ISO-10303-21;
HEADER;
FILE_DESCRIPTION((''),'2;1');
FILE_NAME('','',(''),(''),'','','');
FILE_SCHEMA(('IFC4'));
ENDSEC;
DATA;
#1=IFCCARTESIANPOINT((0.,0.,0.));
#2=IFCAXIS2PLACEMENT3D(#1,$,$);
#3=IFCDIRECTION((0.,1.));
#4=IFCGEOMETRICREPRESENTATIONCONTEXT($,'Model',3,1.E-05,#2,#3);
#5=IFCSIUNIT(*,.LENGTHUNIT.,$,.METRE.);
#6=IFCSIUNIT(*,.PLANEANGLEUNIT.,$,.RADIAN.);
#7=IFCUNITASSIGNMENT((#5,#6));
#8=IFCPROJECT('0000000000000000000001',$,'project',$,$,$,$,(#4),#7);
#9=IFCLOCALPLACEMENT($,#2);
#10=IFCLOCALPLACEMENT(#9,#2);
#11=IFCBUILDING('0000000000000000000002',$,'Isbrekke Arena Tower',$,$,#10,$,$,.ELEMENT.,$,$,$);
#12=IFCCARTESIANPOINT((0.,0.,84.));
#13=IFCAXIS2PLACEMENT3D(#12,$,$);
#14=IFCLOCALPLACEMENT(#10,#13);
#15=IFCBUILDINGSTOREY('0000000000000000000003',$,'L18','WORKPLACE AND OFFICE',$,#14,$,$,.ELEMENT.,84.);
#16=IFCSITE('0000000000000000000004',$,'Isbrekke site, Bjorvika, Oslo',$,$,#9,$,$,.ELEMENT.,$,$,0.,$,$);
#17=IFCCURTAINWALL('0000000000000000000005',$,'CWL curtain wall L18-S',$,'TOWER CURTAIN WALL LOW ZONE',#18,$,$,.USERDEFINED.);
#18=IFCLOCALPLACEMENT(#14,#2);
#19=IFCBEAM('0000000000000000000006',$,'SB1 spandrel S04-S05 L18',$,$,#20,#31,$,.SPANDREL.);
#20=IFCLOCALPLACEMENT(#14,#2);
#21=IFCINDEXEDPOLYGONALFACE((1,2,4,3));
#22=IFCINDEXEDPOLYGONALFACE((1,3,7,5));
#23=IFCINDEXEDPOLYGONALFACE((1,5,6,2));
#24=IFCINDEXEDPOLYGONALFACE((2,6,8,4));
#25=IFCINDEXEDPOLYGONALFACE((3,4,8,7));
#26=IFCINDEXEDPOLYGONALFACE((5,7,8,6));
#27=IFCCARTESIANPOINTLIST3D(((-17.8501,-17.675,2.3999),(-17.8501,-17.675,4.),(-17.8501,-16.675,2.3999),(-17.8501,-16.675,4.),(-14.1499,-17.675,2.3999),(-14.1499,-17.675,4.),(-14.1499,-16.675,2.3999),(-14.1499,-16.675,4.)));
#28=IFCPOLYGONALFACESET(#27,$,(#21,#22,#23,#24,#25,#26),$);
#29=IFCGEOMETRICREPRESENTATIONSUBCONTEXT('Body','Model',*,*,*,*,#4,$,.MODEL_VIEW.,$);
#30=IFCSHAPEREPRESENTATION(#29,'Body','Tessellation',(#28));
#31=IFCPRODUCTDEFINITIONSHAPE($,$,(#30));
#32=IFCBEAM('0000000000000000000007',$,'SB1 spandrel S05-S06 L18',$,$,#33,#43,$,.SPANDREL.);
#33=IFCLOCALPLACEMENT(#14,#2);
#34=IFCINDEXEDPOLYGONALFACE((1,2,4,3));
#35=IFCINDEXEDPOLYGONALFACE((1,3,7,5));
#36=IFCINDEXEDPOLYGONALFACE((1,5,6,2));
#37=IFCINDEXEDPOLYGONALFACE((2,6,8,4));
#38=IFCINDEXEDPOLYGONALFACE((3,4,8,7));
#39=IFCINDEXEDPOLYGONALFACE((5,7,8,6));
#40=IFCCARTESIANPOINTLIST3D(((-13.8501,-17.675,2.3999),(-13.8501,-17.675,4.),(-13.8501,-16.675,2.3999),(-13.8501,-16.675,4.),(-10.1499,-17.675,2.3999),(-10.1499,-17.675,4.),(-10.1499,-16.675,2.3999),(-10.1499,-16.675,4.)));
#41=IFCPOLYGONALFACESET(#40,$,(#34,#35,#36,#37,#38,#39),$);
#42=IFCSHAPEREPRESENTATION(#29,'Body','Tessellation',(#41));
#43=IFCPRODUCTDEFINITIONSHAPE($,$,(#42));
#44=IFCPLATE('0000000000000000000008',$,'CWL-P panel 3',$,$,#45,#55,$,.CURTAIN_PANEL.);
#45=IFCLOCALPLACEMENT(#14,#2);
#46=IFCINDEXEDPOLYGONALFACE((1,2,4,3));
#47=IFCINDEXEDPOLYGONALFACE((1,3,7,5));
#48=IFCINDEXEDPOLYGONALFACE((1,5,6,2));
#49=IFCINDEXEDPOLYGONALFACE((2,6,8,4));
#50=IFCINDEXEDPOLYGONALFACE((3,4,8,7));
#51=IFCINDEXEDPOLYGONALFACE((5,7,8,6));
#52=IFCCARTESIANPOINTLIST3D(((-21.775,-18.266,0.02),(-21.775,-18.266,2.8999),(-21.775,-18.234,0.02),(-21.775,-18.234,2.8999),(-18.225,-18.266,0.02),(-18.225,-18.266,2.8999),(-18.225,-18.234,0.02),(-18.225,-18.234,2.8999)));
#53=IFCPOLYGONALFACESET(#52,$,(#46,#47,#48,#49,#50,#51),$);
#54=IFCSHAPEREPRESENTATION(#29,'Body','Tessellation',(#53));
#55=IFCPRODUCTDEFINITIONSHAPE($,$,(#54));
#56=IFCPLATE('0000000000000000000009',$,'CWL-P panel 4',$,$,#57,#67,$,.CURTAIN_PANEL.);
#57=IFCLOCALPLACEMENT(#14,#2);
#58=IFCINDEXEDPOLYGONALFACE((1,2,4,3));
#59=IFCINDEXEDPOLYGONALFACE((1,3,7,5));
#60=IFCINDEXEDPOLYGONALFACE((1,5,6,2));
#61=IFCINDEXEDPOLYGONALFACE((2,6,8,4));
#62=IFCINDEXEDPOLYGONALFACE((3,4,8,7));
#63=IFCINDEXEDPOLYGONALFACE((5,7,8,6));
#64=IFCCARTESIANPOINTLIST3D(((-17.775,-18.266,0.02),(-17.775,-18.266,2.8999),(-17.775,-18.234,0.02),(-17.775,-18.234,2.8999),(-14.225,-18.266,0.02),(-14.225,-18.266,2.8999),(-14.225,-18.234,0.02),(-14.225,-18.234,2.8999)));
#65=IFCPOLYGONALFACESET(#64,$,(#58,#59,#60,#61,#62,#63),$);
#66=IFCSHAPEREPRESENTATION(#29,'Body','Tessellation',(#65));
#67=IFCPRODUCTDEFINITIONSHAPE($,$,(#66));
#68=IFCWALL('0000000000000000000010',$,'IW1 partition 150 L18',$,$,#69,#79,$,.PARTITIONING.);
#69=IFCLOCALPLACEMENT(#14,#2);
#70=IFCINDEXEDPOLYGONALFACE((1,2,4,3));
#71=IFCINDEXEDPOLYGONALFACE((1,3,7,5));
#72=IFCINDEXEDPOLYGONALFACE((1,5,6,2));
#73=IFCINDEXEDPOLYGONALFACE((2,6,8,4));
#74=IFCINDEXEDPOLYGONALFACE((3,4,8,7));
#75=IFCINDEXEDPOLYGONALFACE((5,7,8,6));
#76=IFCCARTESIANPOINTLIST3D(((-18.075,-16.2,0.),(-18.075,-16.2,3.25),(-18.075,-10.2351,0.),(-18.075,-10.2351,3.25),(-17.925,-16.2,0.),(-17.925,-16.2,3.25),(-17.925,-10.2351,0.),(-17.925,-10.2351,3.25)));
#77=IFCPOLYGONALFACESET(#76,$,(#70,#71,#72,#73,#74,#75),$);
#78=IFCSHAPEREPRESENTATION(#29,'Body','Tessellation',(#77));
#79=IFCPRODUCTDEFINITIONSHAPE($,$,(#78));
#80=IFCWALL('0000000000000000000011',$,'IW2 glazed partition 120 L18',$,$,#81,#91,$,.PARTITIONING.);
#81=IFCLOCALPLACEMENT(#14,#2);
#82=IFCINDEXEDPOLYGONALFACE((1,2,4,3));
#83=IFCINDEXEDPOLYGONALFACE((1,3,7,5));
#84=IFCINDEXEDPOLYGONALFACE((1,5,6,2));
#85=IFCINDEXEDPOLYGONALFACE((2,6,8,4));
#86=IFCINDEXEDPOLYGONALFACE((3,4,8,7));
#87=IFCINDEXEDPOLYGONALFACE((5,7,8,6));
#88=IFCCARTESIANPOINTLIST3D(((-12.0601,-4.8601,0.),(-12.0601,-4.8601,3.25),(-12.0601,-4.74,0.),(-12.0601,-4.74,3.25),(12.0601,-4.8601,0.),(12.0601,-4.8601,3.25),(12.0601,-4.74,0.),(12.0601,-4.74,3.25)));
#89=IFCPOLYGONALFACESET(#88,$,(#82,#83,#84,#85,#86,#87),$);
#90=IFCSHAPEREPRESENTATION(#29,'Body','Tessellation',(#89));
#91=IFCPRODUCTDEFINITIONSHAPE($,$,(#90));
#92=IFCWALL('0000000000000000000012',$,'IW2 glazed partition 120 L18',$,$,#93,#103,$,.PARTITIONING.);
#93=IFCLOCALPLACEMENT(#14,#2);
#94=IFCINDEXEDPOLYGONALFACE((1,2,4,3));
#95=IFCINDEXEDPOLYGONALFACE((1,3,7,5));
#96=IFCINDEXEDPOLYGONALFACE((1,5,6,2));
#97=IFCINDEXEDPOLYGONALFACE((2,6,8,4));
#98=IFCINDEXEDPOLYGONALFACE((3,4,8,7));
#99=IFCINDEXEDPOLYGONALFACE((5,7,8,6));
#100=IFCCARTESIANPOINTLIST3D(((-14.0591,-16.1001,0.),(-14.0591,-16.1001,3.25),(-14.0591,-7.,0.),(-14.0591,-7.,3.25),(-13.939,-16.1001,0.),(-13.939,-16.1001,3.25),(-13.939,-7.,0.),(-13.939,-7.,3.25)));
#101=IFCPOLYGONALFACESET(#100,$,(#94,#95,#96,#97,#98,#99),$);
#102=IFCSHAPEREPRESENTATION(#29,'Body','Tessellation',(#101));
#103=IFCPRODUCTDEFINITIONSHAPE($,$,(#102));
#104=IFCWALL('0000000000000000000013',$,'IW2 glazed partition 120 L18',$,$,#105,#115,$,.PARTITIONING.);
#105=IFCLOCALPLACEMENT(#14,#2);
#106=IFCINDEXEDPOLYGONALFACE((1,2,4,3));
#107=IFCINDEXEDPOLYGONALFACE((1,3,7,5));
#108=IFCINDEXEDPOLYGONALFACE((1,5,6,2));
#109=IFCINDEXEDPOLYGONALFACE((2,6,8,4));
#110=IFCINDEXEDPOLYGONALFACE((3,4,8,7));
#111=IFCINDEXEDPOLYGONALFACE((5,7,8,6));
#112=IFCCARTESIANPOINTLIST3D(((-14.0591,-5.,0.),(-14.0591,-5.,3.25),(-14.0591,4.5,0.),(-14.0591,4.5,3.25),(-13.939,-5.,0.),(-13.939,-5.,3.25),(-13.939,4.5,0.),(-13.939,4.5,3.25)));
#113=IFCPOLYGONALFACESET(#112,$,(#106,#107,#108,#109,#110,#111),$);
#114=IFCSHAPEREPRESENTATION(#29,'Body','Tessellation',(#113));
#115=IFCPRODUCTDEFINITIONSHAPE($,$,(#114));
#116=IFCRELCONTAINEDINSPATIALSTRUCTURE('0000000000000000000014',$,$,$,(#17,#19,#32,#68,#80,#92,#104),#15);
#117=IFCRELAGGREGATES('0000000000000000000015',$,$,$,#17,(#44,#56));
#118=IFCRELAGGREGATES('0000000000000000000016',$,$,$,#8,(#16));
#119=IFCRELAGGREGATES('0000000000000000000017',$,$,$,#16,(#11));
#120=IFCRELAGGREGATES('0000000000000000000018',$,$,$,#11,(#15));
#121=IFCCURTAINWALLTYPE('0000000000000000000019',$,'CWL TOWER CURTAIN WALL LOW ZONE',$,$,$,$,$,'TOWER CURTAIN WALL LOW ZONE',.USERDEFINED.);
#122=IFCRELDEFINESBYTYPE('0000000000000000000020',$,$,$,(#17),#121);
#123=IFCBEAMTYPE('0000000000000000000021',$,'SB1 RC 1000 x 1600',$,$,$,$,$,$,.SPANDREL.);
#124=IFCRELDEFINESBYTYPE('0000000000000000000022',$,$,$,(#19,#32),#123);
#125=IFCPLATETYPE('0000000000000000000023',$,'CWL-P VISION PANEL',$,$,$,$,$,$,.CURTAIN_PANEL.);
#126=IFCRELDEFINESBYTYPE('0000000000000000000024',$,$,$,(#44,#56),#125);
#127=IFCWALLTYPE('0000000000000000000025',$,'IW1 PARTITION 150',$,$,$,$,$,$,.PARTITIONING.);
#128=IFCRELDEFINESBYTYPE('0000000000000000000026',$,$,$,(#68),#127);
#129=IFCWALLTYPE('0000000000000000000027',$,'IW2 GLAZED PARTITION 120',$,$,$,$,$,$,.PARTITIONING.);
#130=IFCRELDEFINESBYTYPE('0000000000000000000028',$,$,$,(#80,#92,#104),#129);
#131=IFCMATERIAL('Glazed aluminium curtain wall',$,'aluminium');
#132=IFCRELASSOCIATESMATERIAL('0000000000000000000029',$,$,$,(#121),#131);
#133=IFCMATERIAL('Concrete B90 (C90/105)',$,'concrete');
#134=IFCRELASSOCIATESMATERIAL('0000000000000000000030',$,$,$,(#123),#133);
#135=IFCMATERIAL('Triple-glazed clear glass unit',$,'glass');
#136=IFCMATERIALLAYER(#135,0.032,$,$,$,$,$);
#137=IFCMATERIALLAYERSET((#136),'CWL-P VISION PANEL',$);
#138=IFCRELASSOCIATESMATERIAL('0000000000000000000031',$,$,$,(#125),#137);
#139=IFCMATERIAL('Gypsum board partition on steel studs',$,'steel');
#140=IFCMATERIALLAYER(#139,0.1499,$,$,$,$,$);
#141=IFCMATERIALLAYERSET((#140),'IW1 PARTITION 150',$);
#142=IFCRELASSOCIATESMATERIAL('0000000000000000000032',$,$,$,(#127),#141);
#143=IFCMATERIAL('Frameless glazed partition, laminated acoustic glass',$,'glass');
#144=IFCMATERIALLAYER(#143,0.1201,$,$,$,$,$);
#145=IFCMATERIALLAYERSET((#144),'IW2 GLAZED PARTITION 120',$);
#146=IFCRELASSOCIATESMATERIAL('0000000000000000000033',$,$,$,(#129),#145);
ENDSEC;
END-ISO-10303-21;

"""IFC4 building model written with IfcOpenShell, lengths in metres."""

from ifc_helpers import new_model, si_unit, direction, frame, frame_2d, origin, origin_2d, place, context, subcontext, project, spatial, rectangle, extrude, material, layer, layer_set, material_profile, profile_set, type_object, element, aggregate, save


model = new_model("IFC4")

# Units and contexts
model_context = context("Model", 3, precision=1e-05, world=origin(), true_north=direction((0.0, 1.0)))
body_context = subcontext(model_context, "Body", "Model", "MODEL_VIEW")
ifc_project = project(units=[si_unit("LENGTHUNIT", "METRE"), si_unit("PLANEANGLEUNIT", "RADIAN")], contexts=[model_context])

# Site, building, storey
site_placement = place(None, origin())
site = spatial("IfcSite", under=ifc_project, at=site_placement, Name="Isbrekke site, Bjorvika, Oslo", CompositionType="ELEMENT", RefElevation=0.0)
building_placement = place(site_placement, origin())
building = spatial("IfcBuilding", under=site, at=building_placement, Name="Isbrekke Arena Tower", CompositionType="ELEMENT")
storey_placement = place(building_placement, frame((0.0, 0.0, 84.0)))
storey = spatial("IfcBuildingStorey", under=building, at=storey_placement, Name="L18", Description="WORKPLACE AND OFFICE", CompositionType="ELEMENT", Elevation=84.0)

# Curtain wall
ifc_material_1 = material(Name="Glazed aluminium curtain wall", Category="aluminium")
curtain_wall_type = type_object("IfcCurtainWallType", Name="CWL TOWER CURTAIN WALL LOW ZONE", ElementType="TOWER CURTAIN WALL LOW ZONE", PredefinedType="USERDEFINED", material=ifc_material_1)
curtain_wall_placement = place(storey_placement, origin())
curtain_wall = element("IfcCurtainWall", 1, at=curtain_wall_placement, inside=storey, type_object=curtain_wall_type, Name="CWL curtain wall L18-S", ObjectType="TOWER CURTAIN WALL LOW ZONE", PredefinedType="USERDEFINED")

# Beams
ifc_material_2 = material(Name="Concrete B90 (C90/105)", Category="concrete")
ifc_material_profile_1 = material_profile(ifc_material_2, rectangle(XDim=1.0, YDim=1.6001, at=origin_2d()), Name="RC 1000x1600")
ifc_profile_set_1 = profile_set([ifc_material_profile_1], Name="Concrete B90 (C90/105)")
beam_type_1 = type_object("IfcBeamType", Name="SB1 RC 1000 x 1600", PredefinedType="SPANDREL", material=ifc_profile_set_1)
for number, where, z_axis, x_axis, name in (
    (2, (-17.8501, -17.175, 3.2), (1.0, 0.0, 0.0), (0.0, 1.0, 0.0), "SB1 spandrel S04-S05 L18"),
    (3, (-13.8501, -17.175, 3.2), (1.0, 0.0, 0.0), (0.0, 1.0, 0.0), "SB1 spandrel S05-S06 L18"),
):
    element("IfcBeam", number, at=place(storey_placement, frame(where, z_axis=z_axis, x_axis=x_axis)), inside=storey, type_object=beam_type_1, Name=name, PredefinedType="SPANDREL", context=body_context, shape_type="SweptSolid", body=[
        extrude(rectangle(XDim=1.0, YDim=1.6001, at=origin_2d()), origin(), (0.0, 0.0, 1.0), 3.7002),
    ])

# Plates
ifc_material_3 = material(Name="Triple-glazed clear glass unit", Category="glass")
ifc_layer_1 = layer(ifc_material_3, 0.032)
ifc_layer_set_1 = layer_set([ifc_layer_1], Name="CWL-P VISION PANEL")
plate_type = type_object("IfcPlateType", Name="CWL-P VISION PANEL", PredefinedType="CURTAIN_PANEL", material=ifc_layer_set_1)
plate_1_placement = place(storey_placement, frame((-20.0, -18.25, 0.02), z_axis=(0.0, 0.0, 1.0), x_axis=(1.0, 0.0, 0.0)))
plate_1 = element("IfcPlate", 4, at=plate_1_placement, type_object=plate_type, Name="CWL-P panel 3", PredefinedType="CURTAIN_PANEL", context=body_context, shape_type="SweptSolid", body=[
    extrude(rectangle(XDim=3.55, YDim=0.032, at=origin_2d()), origin(), (0.0, 0.0, 1.0), 2.8799),
])
plate_2_placement = place(storey_placement, frame((-16.0, -18.25, 0.02), z_axis=(0.0, 0.0, 1.0), x_axis=(1.0, 0.0, 0.0)))
plate_2 = element("IfcPlate", 5, at=plate_2_placement, type_object=plate_type, Name="CWL-P panel 4", PredefinedType="CURTAIN_PANEL", context=body_context, shape_type="SweptSolid", body=[
    extrude(rectangle(XDim=3.55, YDim=0.032, at=origin_2d()), origin(), (0.0, 0.0, 1.0), 2.8799),
])
aggregate(curtain_wall, [plate_1, plate_2])

# Walls
ifc_material_4 = material(Name="Gypsum board partition on steel studs", Category="steel")
ifc_layer_2 = layer(ifc_material_4, 0.1499)
ifc_layer_set_2 = layer_set([ifc_layer_2], Name="IW1 PARTITION 150")
wall_type_1 = type_object("IfcWallType", Name="IW1 PARTITION 150", PredefinedType="PARTITIONING", material=ifc_layer_set_2)
wall_1_placement = place(storey_placement, frame((-18.0, -16.2, 0.0), z_axis=(0.0, 0.0, 1.0), x_axis=(0.0, 1.0, 0.0)))
element("IfcWall", 6, at=wall_1_placement, inside=storey, type_object=wall_type_1, Name="IW1 partition 150 L18", PredefinedType="PARTITIONING", context=body_context, shape_type="SweptSolid", body=[
    extrude(rectangle(XDim=5.9648, YDim=0.1499, at=frame_2d((2.9824, 0.0))), origin(), (0.0, 0.0, 1.0), 3.25),
])
ifc_material_5 = material(Name="Frameless glazed partition, laminated acoustic glass", Category="glass")
ifc_layer_3 = layer(ifc_material_5, 0.1201)
ifc_layer_set_3 = layer_set([ifc_layer_3], Name="IW2 GLAZED PARTITION 120")
wall_type_2 = type_object("IfcWallType", Name="IW2 GLAZED PARTITION 120", PredefinedType="PARTITIONING", material=ifc_layer_set_3)
wall_2_placement = place(storey_placement, frame((-12.0601, -4.8, 0.0), z_axis=(0.0, 0.0, 1.0), x_axis=(1.0, 0.0, 0.0)))
element("IfcWall", 7, at=wall_2_placement, inside=storey, type_object=wall_type_2, Name="IW2 glazed partition 120 L18", PredefinedType="PARTITIONING", context=body_context, shape_type="SweptSolid", body=[
    extrude(rectangle(XDim=24.1201, YDim=0.1201, at=frame_2d((12.0601, 0.0))), origin(), (0.0, 0.0, 1.0), 3.25),
])
wall_3_placement = place(storey_placement, frame((-13.999, -16.1001, 0.0), z_axis=(0.0, 0.0, 1.0), x_axis=(0.0, 1.0, 0.0)))
element("IfcWall", 8, at=wall_3_placement, inside=storey, type_object=wall_type_2, Name="IW2 glazed partition 120 L18", PredefinedType="PARTITIONING", context=body_context, shape_type="SweptSolid", body=[
    extrude(rectangle(XDim=9.1001, YDim=0.1201, at=frame_2d((4.55, 0.0))), origin(), (0.0, 0.0, 1.0), 3.25),
])
wall_4_placement = place(storey_placement, frame((-13.999, -5.0, 0.0), z_axis=(0.0, 0.0, 1.0), x_axis=(0.0, 1.0, 0.0)))
element("IfcWall", 9, at=wall_4_placement, inside=storey, type_object=wall_type_2, Name="IW2 glazed partition 120 L18", PredefinedType="PARTITIONING", context=body_context, shape_type="SweptSolid", body=[
    extrude(rectangle(XDim=9.5, YDim=0.1201, at=frame_2d((4.75, 0.0))), origin(), (0.0, 0.0, 1.0), 3.25),
])

save(model, "model.ifc")
